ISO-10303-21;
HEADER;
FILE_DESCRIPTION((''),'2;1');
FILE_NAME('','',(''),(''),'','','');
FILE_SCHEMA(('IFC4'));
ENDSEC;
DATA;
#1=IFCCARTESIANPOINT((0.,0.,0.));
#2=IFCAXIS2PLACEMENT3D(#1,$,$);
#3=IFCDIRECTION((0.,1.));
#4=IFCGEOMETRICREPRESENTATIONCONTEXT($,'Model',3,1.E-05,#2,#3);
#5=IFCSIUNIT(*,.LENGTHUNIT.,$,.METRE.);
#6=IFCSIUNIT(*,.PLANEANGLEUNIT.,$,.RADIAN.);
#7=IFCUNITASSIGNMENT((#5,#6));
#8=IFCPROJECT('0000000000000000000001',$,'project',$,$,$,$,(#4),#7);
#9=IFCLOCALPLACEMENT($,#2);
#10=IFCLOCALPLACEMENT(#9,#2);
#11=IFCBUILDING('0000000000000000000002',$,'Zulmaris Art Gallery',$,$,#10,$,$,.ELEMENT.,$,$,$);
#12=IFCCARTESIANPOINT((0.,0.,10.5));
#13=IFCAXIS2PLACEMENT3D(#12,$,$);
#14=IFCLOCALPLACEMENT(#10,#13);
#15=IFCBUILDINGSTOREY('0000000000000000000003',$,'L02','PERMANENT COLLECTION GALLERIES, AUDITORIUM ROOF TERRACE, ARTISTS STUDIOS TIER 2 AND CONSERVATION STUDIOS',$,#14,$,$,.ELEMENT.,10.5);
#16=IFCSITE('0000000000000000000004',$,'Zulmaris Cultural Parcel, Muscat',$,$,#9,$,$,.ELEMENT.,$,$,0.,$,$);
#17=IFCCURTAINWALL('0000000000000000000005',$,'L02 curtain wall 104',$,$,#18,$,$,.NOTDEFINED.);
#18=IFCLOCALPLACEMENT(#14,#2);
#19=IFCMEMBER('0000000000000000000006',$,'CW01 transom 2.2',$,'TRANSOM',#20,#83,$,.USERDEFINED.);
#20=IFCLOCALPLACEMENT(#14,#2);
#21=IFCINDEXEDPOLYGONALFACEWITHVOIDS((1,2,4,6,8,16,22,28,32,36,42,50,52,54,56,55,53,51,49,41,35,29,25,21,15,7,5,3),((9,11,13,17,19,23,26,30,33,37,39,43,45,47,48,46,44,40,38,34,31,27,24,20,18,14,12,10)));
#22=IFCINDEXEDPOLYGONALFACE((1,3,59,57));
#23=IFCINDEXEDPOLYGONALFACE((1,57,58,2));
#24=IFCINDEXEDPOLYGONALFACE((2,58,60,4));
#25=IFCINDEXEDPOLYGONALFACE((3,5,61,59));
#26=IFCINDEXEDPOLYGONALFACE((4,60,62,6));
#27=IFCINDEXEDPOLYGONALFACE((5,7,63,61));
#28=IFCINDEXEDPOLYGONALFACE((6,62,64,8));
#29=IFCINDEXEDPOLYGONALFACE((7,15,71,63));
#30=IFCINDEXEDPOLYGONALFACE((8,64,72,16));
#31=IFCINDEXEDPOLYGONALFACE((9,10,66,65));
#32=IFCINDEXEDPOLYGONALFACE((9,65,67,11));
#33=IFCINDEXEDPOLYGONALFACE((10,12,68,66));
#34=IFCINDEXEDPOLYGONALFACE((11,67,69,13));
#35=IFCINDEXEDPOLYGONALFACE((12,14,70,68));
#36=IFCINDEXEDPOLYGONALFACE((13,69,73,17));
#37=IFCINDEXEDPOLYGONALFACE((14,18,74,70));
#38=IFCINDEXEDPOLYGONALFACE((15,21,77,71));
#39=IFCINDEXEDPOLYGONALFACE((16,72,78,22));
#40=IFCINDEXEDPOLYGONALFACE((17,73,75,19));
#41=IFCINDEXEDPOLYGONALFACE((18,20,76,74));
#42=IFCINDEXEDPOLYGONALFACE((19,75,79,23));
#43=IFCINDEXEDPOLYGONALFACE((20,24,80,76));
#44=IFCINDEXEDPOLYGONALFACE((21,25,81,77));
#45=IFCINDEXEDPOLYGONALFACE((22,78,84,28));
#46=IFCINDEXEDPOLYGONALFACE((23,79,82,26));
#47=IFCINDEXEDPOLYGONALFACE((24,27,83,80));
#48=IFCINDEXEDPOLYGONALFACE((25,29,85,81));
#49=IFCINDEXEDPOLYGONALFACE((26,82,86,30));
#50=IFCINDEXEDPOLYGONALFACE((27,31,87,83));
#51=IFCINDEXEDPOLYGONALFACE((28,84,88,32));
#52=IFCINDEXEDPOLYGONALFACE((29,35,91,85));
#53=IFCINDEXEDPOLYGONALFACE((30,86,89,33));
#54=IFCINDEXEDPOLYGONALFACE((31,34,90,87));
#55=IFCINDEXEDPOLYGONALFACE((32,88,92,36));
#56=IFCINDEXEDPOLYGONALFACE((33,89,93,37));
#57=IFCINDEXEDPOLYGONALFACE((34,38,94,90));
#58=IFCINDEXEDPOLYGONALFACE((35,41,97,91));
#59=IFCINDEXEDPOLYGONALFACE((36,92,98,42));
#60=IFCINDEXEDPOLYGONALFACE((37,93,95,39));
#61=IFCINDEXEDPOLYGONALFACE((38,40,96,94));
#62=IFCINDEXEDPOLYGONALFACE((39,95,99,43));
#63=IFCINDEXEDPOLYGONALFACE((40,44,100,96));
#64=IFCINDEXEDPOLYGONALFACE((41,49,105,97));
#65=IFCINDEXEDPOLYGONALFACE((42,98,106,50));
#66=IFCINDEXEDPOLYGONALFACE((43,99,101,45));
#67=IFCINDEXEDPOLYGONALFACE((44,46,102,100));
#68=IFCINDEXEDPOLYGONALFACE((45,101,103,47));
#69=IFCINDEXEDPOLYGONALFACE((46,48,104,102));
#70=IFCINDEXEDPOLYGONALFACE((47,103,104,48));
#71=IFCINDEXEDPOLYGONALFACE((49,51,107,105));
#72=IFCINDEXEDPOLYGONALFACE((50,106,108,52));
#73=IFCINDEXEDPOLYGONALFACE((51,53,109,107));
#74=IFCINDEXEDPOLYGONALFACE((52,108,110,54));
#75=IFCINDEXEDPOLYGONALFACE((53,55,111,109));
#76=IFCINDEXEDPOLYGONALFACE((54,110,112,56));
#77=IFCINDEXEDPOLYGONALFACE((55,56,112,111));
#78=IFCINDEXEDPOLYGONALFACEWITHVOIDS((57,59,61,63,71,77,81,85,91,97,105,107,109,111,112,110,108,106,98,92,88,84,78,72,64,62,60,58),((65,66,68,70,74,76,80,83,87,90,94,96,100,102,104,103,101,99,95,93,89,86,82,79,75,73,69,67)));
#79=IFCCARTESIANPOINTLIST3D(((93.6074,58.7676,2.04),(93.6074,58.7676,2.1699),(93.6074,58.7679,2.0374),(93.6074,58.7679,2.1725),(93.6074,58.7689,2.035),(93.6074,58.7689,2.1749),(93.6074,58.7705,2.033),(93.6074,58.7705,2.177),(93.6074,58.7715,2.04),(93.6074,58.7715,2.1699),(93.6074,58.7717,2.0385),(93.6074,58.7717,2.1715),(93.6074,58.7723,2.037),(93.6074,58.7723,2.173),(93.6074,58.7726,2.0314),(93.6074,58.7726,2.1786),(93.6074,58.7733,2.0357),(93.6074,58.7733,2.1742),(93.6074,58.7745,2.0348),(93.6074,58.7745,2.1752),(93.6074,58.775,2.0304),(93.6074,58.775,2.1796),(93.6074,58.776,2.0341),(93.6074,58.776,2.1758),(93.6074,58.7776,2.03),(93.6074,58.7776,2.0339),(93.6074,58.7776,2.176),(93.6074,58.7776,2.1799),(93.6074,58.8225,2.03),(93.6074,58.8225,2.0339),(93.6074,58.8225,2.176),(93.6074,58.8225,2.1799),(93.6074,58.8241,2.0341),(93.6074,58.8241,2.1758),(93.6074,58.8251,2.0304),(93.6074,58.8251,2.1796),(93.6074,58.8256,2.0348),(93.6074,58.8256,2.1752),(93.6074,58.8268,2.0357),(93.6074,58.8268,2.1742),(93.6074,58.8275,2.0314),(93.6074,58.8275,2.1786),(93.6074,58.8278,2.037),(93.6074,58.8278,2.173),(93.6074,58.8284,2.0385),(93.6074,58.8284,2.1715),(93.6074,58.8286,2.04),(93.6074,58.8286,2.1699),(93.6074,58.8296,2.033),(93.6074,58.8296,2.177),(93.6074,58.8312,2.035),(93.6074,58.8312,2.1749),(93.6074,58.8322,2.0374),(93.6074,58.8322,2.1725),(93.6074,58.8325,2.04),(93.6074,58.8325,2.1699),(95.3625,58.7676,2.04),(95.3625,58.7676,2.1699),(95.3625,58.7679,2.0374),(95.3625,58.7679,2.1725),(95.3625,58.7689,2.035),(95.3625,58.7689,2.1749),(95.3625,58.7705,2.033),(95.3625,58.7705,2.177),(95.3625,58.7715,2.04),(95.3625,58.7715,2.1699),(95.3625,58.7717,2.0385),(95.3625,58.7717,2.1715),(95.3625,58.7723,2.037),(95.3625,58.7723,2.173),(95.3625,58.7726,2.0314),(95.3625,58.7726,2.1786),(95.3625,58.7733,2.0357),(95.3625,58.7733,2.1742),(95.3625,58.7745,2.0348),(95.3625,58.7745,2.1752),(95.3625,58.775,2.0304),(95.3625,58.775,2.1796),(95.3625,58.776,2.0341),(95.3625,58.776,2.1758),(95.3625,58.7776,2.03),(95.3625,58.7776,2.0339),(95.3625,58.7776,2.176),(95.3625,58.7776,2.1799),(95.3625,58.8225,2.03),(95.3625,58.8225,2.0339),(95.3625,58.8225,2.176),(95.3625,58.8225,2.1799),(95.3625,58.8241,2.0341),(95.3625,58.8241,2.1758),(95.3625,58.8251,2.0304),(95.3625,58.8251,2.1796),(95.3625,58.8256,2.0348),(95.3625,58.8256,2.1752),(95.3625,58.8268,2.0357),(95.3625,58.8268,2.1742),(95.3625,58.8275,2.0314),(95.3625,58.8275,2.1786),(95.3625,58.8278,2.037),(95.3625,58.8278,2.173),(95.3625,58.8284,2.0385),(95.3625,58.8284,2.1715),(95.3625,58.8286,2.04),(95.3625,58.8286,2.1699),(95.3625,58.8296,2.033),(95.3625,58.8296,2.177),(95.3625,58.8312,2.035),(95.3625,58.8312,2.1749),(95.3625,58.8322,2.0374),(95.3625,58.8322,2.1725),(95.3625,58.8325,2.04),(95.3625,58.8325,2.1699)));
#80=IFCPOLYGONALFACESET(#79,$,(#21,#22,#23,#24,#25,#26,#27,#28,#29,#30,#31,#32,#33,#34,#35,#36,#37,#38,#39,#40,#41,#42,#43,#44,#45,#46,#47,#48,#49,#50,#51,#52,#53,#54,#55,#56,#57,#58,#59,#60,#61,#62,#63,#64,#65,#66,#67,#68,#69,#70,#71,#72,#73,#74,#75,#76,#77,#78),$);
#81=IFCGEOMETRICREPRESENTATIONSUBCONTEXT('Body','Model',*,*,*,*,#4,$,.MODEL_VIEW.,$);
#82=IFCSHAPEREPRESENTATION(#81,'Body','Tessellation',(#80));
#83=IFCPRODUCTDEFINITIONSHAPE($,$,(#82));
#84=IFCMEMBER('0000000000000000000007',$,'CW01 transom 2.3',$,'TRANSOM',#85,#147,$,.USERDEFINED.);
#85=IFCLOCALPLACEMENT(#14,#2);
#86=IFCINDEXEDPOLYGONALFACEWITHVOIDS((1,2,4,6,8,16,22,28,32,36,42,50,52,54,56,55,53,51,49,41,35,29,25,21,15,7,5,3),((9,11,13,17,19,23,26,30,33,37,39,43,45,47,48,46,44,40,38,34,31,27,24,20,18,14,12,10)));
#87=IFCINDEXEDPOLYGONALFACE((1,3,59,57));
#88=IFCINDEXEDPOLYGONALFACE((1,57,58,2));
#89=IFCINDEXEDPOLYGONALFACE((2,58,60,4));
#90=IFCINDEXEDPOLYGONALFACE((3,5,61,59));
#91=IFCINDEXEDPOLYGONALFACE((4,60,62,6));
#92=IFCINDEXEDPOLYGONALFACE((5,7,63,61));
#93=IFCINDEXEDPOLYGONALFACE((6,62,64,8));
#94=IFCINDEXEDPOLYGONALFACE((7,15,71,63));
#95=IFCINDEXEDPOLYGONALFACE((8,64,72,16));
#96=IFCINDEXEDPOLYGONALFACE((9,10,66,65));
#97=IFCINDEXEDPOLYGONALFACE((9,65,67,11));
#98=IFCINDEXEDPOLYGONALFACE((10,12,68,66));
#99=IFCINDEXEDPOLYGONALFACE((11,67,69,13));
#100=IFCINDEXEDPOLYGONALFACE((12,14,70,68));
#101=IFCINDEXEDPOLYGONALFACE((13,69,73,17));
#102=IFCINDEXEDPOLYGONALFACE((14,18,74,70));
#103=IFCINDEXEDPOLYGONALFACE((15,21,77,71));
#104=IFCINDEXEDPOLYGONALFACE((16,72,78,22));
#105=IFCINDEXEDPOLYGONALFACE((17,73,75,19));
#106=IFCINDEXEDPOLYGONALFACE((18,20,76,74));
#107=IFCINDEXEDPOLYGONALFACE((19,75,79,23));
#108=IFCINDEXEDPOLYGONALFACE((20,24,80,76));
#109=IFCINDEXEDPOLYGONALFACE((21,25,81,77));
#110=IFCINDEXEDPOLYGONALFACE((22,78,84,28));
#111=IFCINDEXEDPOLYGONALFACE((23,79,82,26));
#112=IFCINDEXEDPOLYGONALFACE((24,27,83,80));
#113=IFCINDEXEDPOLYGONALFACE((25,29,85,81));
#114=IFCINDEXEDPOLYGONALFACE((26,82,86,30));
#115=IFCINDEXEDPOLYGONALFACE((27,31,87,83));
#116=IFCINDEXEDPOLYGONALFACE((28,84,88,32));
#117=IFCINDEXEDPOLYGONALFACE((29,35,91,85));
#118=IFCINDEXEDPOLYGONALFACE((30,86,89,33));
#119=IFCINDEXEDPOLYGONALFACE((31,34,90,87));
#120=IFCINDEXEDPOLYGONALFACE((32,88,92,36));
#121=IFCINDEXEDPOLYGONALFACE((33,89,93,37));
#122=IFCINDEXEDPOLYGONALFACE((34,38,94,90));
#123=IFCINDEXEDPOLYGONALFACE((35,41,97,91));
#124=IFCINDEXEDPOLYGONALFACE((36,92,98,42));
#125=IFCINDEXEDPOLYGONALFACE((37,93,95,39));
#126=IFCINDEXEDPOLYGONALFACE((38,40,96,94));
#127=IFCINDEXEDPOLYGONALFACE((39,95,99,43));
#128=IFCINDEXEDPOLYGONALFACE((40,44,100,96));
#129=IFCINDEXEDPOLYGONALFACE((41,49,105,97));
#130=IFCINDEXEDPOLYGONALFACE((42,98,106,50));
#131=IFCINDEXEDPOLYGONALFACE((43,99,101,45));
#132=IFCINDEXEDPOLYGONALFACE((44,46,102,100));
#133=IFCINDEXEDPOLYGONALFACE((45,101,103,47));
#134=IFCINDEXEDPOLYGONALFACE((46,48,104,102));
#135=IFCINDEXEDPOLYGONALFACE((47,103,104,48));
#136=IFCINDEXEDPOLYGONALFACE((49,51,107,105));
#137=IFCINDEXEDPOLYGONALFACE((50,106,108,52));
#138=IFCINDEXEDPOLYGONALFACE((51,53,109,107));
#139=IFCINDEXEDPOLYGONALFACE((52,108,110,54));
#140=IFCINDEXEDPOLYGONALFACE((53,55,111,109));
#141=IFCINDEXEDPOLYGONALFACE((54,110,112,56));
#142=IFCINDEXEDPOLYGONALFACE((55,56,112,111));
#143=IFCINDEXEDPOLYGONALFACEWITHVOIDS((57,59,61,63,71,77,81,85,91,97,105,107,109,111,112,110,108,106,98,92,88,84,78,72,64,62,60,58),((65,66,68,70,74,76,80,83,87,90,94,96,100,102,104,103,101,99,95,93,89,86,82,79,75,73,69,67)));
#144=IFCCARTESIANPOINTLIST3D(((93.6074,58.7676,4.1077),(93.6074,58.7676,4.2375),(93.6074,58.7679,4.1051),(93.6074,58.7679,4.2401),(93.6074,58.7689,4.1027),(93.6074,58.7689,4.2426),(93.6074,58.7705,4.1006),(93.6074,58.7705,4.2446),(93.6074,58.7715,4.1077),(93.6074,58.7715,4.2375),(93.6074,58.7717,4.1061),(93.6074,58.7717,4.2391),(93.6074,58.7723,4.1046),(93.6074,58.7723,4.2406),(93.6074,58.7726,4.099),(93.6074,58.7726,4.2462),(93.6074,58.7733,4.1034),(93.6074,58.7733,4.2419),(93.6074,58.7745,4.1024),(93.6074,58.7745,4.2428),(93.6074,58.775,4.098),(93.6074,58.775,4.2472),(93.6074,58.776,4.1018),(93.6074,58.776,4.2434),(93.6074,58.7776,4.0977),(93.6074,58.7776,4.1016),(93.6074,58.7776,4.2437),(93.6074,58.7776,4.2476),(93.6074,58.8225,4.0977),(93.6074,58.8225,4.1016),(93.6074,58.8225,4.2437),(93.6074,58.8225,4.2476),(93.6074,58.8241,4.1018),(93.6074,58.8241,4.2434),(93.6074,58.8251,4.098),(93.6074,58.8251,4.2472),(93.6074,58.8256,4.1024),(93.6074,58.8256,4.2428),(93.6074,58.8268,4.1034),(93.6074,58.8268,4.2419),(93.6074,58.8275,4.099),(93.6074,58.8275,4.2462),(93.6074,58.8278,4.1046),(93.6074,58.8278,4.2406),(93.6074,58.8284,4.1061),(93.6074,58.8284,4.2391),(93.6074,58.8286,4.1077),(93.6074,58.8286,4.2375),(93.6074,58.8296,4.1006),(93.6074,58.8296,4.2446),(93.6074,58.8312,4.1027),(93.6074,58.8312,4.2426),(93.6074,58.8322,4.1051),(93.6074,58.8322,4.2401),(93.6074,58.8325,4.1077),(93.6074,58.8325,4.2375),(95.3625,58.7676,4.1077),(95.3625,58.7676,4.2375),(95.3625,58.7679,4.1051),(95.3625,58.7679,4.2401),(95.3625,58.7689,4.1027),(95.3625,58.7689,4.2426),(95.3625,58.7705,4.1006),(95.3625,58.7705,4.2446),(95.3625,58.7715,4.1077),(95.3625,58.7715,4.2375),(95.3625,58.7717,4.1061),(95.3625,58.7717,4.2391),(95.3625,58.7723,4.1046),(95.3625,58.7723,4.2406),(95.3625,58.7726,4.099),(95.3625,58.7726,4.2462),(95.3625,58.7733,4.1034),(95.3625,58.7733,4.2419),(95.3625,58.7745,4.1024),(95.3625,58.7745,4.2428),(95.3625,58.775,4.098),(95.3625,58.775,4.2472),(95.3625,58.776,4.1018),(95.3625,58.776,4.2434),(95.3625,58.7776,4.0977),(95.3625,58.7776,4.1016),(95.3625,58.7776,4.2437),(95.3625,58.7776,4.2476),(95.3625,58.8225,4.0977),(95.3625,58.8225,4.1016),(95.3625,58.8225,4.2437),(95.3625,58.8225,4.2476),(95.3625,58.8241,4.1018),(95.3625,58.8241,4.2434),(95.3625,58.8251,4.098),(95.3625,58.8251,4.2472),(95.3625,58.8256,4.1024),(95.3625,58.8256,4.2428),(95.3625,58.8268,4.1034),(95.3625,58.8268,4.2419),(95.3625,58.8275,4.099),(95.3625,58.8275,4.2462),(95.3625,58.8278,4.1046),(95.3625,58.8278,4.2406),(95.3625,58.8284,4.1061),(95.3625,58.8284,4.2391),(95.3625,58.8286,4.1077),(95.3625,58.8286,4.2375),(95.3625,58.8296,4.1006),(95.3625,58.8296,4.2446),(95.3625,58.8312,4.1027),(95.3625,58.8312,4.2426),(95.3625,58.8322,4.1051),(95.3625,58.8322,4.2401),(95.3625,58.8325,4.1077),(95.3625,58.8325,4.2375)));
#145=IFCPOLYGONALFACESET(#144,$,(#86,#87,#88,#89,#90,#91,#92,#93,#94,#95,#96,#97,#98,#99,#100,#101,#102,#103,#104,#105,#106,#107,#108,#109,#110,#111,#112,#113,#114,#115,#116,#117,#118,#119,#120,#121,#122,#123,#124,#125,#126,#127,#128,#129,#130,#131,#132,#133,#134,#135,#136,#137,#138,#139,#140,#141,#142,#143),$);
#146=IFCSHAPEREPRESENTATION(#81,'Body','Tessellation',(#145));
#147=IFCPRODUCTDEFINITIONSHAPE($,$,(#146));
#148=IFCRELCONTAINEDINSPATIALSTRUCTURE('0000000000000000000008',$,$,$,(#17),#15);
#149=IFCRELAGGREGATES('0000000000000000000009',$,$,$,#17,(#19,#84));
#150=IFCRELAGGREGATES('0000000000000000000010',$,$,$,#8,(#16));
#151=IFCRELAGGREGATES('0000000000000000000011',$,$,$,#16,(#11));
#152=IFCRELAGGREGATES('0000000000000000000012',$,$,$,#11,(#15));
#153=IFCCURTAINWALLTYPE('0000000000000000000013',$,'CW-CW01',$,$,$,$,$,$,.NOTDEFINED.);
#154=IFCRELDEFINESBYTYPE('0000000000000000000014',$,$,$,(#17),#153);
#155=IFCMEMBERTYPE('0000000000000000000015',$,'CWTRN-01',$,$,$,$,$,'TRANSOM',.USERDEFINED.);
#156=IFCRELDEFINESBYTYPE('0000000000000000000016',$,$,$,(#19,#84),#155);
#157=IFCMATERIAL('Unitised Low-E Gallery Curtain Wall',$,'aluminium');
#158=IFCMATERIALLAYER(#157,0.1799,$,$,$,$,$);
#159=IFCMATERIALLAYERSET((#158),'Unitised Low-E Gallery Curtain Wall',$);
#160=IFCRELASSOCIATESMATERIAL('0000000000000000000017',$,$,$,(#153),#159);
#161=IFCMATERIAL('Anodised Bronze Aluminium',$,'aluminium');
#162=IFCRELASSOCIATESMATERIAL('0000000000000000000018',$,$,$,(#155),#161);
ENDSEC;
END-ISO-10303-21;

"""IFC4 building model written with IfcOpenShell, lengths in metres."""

from ifc_helpers import new_model, si_unit, direction, frame, origin, origin_2d, place, context, subcontext, project, spatial, hollow_rectangle, extrude, material, layer, layer_set, material_profile, profile_set, type_object, element, aggregate, save


model = new_model("IFC4")

# Units and contexts
model_context = context("Model", 3, precision=1e-05, world=origin(), true_north=direction((0.0, 1.0)))
body_context = subcontext(model_context, "Body", "Model", "MODEL_VIEW")
ifc_project = project(units=[si_unit("LENGTHUNIT", "METRE"), si_unit("PLANEANGLEUNIT", "RADIAN")], contexts=[model_context])

# Site, building, storey
site_placement = place(None, origin())
site = spatial("IfcSite", under=ifc_project, at=site_placement, Name="Zulmaris Cultural Parcel, Muscat", CompositionType="ELEMENT", RefElevation=0.0)
building_placement = place(site_placement, origin())
building = spatial("IfcBuilding", under=site, at=building_placement, Name="Zulmaris Art Gallery", CompositionType="ELEMENT")
storey_placement = place(building_placement, frame((0.0, 0.0, 10.5)))
storey = spatial("IfcBuildingStorey", under=building, at=storey_placement, Name="L02", Description="PERMANENT COLLECTION GALLERIES, AUDITORIUM ROOF TERRACE, ARTISTS STUDIOS TIER 2 AND CONSERVATION STUDIOS", CompositionType="ELEMENT", Elevation=10.5)

# Shared definitions
ifc_material_1 = material(Name="Anodised Bronze Aluminium", Category="aluminium")

# Curtain wall
ifc_material_2 = material(Name="Unitised Low-E Gallery Curtain Wall", Category="aluminium")
ifc_layer_1 = layer(ifc_material_2, 0.1799)
ifc_layer_set_1 = layer_set([ifc_layer_1], Name="Unitised Low-E Gallery Curtain Wall")
curtain_wall_type_1 = type_object("IfcCurtainWallType", Name="CW-CW01", PredefinedType="NOTDEFINED", material=ifc_layer_set_1)
curtain_wall_1_placement = place(storey_placement, origin())
curtain_wall_1 = element("IfcCurtainWall", 1, at=curtain_wall_1_placement, inside=storey, type_object=curtain_wall_type_1, Name="L02 curtain wall 104", PredefinedType="NOTDEFINED")

# Members
ifc_material_profile_1 = material_profile(ifc_material_1, hollow_rectangle(XDim=0.0649, YDim=0.1499, WallThickness=0.0039, InnerFilletRadius=0.0061, OuterFilletRadius=0.01, at=origin_2d()), Name="ALU 65x150x4")
ifc_profile_set_1 = profile_set([ifc_material_profile_1], Name="Anodised Bronze Aluminium")
member_type_1 = type_object("IfcMemberType", Name="CWTRN-01", ElementType="TRANSOM", PredefinedType="USERDEFINED", material=ifc_profile_set_1)
member_1_placement = place(storey_placement, frame((93.6074, 58.8, 2.105), z_axis=(1.0, 0.0, 0.0), x_axis=(0.0, 1.0, 0.0)))
member_1 = element("IfcMember", 2, at=member_1_placement, type_object=member_type_1, Name="CW01 transom 2.2", ObjectType="TRANSOM", PredefinedType="USERDEFINED", context=body_context, shape_type="SweptSolid", body=[
    extrude(hollow_rectangle(XDim=0.0649, YDim=0.1499, WallThickness=0.0039, InnerFilletRadius=0.0061, OuterFilletRadius=0.01, at=origin_2d()), origin(), (0.0, 0.0, 1.0), 1.7551),
])
member_2_placement = place(storey_placement, frame((93.6074, 58.8, 4.1726), z_axis=(1.0, 0.0, 0.0), x_axis=(0.0, 1.0, 0.0)))
member_2 = element("IfcMember", 3, at=member_2_placement, type_object=member_type_1, Name="CW01 transom 2.3", ObjectType="TRANSOM", PredefinedType="USERDEFINED", context=body_context, shape_type="SweptSolid", body=[
    extrude(hollow_rectangle(XDim=0.0649, YDim=0.1499, WallThickness=0.0039, InnerFilletRadius=0.0061, OuterFilletRadius=0.01, at=origin_2d()), origin(), (0.0, 0.0, 1.0), 1.7551),
])

aggregate(curtain_wall_1, [member_1, member_2])

save(model, "model.ifc")
